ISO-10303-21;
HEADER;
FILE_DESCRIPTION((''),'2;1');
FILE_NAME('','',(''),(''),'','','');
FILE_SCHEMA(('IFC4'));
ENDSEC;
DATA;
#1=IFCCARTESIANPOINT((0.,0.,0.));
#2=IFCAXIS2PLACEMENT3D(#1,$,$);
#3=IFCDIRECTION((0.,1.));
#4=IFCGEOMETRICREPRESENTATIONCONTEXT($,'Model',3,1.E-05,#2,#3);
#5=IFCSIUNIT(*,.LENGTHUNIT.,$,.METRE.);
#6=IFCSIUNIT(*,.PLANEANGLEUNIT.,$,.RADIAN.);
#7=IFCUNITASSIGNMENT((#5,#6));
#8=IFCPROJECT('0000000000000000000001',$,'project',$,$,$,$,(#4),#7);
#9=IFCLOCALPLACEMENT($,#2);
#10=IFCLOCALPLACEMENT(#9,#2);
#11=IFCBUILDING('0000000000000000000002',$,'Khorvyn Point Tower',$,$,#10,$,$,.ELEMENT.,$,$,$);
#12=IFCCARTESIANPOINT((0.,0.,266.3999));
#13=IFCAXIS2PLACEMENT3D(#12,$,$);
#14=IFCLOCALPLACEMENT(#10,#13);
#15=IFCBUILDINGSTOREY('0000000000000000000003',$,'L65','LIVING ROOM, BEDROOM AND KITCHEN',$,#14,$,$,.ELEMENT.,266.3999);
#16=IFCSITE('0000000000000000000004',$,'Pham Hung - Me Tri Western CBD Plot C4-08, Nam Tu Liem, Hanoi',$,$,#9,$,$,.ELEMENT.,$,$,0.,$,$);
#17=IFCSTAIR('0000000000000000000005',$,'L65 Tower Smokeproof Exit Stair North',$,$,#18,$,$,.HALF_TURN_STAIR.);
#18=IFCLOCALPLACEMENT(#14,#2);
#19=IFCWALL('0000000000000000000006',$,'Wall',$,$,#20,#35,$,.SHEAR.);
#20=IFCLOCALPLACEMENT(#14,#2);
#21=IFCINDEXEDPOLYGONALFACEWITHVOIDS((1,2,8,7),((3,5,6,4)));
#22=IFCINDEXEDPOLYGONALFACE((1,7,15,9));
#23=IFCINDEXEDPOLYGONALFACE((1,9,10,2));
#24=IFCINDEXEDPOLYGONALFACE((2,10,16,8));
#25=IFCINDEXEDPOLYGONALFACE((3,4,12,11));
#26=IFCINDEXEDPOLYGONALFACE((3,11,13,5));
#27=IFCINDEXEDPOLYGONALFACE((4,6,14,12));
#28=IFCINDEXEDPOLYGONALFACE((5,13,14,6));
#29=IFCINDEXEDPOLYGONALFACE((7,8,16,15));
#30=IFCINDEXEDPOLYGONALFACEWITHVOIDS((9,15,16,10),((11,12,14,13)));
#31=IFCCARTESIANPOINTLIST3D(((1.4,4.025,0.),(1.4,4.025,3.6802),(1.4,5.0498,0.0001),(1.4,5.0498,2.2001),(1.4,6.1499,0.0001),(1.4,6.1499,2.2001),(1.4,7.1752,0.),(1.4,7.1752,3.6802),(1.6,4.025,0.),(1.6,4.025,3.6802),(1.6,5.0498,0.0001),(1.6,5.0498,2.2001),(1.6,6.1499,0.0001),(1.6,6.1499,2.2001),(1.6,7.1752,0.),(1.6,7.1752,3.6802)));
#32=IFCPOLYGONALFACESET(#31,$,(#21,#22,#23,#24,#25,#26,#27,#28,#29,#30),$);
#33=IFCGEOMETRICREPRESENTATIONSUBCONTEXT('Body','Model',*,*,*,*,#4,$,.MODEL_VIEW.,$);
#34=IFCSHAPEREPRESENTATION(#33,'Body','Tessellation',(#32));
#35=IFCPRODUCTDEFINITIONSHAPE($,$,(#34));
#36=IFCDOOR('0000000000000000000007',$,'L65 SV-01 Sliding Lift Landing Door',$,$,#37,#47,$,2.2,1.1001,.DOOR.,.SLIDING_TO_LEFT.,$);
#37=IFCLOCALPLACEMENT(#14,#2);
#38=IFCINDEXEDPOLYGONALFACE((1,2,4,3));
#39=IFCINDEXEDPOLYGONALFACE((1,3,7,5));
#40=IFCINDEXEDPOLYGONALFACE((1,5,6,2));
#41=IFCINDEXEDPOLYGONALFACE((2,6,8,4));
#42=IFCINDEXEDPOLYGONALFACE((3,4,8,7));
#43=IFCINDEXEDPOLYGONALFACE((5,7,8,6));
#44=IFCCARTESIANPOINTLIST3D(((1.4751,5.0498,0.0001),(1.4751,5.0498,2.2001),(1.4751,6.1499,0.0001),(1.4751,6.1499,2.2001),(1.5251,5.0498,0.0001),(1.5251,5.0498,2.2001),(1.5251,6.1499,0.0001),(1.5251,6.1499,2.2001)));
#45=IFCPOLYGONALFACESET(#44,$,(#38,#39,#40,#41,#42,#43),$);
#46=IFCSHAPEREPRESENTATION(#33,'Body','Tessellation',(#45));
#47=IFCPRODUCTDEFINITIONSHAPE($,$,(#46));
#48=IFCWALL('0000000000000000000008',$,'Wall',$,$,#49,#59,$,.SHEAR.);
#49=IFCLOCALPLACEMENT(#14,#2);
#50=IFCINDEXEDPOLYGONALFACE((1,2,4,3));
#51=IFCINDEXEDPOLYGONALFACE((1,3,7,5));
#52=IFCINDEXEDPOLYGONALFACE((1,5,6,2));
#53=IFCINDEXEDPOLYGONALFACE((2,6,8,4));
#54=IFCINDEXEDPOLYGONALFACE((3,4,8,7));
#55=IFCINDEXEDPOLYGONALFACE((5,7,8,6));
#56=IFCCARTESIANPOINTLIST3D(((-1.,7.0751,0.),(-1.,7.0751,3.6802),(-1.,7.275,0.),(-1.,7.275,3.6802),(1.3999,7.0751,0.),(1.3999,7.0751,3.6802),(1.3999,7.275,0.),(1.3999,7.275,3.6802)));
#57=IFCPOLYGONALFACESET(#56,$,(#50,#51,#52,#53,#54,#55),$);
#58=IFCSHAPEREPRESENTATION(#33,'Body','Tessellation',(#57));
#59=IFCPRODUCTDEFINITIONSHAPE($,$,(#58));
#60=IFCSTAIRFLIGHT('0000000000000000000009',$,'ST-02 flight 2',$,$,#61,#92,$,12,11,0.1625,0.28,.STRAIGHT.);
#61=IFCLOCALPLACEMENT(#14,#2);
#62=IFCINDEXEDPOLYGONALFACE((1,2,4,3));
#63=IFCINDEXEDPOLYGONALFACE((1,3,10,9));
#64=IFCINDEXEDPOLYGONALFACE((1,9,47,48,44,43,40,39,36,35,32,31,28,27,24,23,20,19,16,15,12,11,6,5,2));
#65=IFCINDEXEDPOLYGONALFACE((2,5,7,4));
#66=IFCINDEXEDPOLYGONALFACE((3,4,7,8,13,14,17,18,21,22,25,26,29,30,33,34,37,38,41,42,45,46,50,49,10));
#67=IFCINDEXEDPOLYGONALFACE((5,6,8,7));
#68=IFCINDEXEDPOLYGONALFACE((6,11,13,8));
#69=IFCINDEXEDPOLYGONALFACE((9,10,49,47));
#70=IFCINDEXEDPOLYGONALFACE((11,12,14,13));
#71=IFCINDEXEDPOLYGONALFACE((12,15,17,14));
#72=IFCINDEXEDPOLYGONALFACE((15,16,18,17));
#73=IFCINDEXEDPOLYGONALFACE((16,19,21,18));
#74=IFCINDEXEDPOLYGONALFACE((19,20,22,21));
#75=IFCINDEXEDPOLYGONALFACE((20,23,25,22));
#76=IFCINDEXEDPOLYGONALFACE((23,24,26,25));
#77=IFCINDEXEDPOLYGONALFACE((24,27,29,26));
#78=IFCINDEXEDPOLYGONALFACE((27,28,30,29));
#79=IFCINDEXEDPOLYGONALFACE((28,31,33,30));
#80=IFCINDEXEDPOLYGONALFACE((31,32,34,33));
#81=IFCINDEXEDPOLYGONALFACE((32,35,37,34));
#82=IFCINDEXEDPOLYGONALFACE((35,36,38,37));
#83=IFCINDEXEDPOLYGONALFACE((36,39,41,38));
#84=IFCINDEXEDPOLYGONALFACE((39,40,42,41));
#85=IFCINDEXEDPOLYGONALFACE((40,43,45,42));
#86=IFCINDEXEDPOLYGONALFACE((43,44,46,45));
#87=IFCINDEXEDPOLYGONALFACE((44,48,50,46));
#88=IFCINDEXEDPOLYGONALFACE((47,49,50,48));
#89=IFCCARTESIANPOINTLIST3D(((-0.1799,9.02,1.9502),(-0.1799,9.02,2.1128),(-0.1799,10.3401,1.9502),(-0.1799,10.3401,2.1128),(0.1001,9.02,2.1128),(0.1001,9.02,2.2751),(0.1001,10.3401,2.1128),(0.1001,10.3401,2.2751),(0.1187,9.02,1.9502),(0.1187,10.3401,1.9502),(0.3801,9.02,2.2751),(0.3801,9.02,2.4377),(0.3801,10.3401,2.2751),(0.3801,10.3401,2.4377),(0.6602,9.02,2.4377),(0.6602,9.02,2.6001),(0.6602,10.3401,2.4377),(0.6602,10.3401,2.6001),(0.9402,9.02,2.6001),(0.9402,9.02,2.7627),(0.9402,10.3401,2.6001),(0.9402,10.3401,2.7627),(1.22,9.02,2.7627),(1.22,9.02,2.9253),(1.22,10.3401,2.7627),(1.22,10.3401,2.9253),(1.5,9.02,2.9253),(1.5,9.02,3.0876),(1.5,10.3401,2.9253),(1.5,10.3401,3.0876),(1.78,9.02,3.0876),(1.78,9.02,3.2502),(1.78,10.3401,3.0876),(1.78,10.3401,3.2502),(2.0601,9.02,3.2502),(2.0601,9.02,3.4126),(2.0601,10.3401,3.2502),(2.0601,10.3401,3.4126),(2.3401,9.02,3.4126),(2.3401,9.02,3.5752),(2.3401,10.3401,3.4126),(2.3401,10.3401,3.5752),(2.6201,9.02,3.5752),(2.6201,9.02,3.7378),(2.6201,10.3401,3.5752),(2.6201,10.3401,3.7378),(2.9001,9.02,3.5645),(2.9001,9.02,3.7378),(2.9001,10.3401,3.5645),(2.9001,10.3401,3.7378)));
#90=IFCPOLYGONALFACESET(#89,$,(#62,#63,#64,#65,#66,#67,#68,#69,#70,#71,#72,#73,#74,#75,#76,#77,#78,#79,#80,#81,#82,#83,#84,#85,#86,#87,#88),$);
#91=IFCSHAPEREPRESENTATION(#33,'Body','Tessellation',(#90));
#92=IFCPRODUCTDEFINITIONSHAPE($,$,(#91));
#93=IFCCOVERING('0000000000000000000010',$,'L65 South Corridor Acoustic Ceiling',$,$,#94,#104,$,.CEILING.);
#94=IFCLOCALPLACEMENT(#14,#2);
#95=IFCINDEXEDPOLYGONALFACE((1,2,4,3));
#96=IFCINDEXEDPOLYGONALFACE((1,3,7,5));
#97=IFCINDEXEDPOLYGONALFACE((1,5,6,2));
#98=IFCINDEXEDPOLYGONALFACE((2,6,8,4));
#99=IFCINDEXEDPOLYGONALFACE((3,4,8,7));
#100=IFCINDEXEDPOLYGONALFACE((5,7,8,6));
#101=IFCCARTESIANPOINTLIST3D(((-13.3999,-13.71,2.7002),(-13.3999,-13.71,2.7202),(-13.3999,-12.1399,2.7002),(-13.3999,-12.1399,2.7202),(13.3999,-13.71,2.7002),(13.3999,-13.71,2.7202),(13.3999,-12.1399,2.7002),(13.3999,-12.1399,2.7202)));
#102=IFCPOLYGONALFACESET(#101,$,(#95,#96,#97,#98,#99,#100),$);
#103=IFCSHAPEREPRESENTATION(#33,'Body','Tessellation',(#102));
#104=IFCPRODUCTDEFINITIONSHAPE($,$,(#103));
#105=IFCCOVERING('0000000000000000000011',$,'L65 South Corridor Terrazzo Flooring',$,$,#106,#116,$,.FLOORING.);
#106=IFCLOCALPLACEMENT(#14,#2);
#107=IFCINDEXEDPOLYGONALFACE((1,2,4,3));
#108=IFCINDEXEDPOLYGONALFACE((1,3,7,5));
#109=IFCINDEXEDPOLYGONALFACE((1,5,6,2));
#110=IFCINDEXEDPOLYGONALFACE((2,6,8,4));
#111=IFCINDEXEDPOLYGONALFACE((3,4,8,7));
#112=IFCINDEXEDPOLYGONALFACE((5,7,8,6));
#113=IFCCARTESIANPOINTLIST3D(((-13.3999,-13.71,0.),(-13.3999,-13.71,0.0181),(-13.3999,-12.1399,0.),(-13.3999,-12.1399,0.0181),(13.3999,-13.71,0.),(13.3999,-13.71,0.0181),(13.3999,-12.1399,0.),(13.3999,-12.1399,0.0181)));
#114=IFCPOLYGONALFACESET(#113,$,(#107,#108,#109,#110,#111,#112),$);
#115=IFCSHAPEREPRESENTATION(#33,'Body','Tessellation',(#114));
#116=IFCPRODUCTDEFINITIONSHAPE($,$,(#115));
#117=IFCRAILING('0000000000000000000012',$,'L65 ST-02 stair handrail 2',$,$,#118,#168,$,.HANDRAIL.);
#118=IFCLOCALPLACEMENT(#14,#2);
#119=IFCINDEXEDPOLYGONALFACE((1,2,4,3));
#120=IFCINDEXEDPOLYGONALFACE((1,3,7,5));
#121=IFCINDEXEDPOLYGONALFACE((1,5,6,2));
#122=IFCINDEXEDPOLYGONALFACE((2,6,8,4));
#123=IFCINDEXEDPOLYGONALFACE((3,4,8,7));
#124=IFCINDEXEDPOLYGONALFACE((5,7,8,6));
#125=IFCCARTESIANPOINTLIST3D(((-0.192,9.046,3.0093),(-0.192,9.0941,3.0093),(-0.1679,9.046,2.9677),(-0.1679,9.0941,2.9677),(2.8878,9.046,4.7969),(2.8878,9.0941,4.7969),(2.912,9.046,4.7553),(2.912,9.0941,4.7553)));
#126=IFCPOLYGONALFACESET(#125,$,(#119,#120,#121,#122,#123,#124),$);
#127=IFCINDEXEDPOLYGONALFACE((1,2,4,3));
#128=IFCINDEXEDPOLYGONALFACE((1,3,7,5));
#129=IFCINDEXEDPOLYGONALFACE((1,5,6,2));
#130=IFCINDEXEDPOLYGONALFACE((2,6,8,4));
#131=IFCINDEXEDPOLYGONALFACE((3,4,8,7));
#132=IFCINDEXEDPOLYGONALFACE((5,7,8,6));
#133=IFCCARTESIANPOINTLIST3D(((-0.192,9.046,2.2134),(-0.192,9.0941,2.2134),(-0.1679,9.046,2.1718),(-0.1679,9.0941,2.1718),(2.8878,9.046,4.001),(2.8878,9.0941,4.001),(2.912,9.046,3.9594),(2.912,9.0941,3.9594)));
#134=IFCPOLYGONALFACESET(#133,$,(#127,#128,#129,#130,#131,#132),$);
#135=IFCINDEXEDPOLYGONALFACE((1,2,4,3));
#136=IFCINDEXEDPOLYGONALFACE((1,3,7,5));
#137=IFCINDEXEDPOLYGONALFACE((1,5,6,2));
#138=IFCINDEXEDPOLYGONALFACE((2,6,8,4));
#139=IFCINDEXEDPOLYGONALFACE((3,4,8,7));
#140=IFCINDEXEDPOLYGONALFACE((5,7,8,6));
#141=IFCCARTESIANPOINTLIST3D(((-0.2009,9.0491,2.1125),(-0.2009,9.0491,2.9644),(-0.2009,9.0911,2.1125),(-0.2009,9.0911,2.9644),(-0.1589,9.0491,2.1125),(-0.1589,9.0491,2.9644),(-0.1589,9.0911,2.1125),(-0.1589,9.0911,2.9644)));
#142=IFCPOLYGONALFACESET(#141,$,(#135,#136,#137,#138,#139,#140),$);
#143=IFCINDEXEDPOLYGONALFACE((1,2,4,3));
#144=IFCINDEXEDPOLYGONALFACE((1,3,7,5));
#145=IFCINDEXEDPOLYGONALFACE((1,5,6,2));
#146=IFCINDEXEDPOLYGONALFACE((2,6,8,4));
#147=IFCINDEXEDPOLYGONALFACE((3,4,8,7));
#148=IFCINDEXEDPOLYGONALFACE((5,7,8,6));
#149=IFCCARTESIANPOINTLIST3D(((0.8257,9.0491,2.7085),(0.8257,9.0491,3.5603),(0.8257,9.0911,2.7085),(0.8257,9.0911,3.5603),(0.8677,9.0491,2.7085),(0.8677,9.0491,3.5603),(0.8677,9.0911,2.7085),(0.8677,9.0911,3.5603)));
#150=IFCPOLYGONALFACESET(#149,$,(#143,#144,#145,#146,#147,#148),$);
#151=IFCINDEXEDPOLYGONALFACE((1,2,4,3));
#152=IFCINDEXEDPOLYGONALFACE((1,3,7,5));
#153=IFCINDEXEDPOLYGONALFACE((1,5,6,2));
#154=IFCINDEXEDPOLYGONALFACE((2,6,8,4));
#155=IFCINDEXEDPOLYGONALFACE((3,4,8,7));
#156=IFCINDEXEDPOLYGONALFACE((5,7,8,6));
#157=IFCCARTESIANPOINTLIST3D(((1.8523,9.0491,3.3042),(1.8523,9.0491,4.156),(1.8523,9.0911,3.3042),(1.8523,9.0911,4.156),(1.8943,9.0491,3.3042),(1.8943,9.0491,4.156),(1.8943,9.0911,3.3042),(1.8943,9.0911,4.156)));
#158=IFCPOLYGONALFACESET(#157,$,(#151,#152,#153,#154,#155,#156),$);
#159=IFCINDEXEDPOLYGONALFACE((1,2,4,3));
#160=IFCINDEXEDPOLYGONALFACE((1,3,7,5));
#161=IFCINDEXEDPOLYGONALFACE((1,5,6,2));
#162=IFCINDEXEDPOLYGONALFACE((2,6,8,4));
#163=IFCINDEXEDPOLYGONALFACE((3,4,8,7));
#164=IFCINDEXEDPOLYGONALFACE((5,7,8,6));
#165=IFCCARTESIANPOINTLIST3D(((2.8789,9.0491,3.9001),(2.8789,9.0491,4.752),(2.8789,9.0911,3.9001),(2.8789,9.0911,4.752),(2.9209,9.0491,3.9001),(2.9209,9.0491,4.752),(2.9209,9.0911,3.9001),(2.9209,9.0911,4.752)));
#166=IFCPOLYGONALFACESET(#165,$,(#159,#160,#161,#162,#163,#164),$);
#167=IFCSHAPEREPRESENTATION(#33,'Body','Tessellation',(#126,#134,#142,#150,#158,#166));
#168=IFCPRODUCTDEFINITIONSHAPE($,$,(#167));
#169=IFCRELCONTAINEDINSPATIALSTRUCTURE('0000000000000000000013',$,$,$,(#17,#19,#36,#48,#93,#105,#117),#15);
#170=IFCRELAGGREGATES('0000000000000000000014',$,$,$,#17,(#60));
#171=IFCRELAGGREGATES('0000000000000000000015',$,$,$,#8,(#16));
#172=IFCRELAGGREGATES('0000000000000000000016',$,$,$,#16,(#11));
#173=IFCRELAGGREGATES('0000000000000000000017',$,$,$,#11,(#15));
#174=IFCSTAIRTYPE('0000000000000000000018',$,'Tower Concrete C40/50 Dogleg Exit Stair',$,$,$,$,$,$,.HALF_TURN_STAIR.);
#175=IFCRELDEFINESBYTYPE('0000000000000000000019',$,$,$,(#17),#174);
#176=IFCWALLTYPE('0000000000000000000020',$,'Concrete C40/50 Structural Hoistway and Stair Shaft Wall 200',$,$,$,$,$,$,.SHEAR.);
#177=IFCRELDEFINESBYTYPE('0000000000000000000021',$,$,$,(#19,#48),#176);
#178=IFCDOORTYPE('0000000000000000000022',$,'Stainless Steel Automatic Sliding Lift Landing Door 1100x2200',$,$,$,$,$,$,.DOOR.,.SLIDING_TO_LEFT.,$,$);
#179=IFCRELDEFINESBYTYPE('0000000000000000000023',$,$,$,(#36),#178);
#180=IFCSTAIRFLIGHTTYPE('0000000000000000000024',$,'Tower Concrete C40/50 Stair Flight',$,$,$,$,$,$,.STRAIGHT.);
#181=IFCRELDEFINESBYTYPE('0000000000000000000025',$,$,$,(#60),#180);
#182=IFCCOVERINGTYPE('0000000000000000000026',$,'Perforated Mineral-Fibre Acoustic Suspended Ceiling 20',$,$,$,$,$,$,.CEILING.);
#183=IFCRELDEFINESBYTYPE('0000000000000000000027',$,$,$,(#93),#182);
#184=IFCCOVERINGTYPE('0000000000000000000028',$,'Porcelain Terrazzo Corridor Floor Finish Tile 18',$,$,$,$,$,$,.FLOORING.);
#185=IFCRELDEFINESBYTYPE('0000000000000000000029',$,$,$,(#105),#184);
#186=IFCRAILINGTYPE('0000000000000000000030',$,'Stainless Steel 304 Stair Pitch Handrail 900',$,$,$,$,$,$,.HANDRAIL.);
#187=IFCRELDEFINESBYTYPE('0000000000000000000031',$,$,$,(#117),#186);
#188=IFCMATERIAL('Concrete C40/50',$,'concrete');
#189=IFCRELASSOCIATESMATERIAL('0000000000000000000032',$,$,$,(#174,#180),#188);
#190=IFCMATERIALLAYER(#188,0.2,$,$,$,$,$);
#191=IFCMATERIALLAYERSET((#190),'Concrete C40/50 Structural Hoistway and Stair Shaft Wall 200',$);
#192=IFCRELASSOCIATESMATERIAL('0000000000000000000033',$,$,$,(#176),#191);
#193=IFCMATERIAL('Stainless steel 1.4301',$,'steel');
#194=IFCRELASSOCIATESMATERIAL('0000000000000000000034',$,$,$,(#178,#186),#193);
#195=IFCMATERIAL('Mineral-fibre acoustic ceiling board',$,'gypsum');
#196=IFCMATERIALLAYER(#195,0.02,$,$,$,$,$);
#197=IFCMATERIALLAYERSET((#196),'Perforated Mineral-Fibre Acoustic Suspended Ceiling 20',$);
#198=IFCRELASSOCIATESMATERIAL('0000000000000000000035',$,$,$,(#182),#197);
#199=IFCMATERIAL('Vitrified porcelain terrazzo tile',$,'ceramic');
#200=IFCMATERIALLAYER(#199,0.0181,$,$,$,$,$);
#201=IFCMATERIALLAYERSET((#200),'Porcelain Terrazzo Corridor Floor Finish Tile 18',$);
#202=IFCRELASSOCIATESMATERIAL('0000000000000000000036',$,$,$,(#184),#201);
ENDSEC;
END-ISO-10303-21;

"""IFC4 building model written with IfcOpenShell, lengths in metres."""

from ifc_helpers import new_model, si_unit, direction, frame, frame_2d, origin, origin_2d, place, context, subcontext, project, spatial, polyline, rectangle, outline, extrude, material, layer, layer_set, type_object, element, fill, aggregate, save


model = new_model("IFC4")

# Units and contexts
model_context = context("Model", 3, precision=1e-05, world=origin(), true_north=direction((0.0, 1.0)))
body_context = subcontext(model_context, "Body", "Model", "MODEL_VIEW")
ifc_project = project(units=[si_unit("LENGTHUNIT", "METRE"), si_unit("PLANEANGLEUNIT", "RADIAN")], contexts=[model_context])

# Site, building, storey
site_placement = place(None, origin())
site = spatial("IfcSite", under=ifc_project, at=site_placement, Name="Pham Hung - Me Tri Western CBD Plot C4-08, Nam Tu Liem, Hanoi", CompositionType="ELEMENT", RefElevation=0.0)
building_placement = place(site_placement, origin())
building = spatial("IfcBuilding", under=site, at=building_placement, Name="Khorvyn Point Tower", CompositionType="ELEMENT")
storey_placement = place(building_placement, frame((0.0, 0.0, 266.3999)))
storey = spatial("IfcBuildingStorey", under=building, at=storey_placement, Name="L65", Description="LIVING ROOM, BEDROOM AND KITCHEN", CompositionType="ELEMENT", Elevation=266.3999)

# Shared definitions
ifc_material_1 = material(Name="Concrete C40/50", Category="concrete")

# Stair
stair_type = type_object("IfcStairType", Name="Tower Concrete C40/50 Dogleg Exit Stair", PredefinedType="HALF_TURN_STAIR", material=ifc_material_1)
stair_1_placement = place(storey_placement, origin())
stair_1 = element("IfcStair", 1, at=stair_1_placement, inside=storey, type_object=stair_type, Name="L65 Tower Smokeproof Exit Stair North", PredefinedType="HALF_TURN_STAIR")

# Shared definitions
ifc_layer_1 = layer(ifc_material_1, 0.2)
ifc_layer_set_1 = layer_set([ifc_layer_1], Name="Concrete C40/50 Structural Hoistway and Stair Shaft Wall 200")
wall_type_1 = type_object("IfcWallType", Name="Concrete C40/50 Structural Hoistway and Stair Shaft Wall 200", PredefinedType="SHEAR", material=ifc_layer_set_1)

# Shared definitions
ifc_material_2 = material(Name="Stainless steel 1.4301", Category="steel")
door_type = type_object("IfcDoorType", Name="Stainless Steel Automatic Sliding Lift Landing Door 1100x2200", OperationType="SLIDING_TO_LEFT", PredefinedType="DOOR", material=ifc_material_2)

# Wall, opening, door
wall_1_placement = place(storey_placement, frame((1.5, 4.0249, 0.0), z_axis=(0.0, 0.0, 1.0), x_axis=(0.0, 1.0, 0.0)))
wall_1 = element("IfcWall", 2, at=wall_1_placement, inside=storey, type_object=wall_type_1, Name="Wall", PredefinedType="SHEAR", context=body_context, shape_type="SweptSolid", body=[
    extrude(rectangle(XDim=3.1501, YDim=0.2, at=frame_2d((1.5752, 0.0))), origin(), (0.0, 0.0, 1.0), 3.6802),
])
opening_1_placement = place(wall_1_placement, frame((1.0249, 0.0, 0.0)))
opening_1 = element("IfcOpeningElement", 3, at=opening_1_placement, cuts=wall_1, PredefinedType="OPENING", context=body_context, shape_type="SweptSolid", body=[
    extrude(rectangle(XDim=1.1001, YDim=2.2, at=frame_2d((0.55, 1.1001))), frame((0.0, 0.1099, 0.0), z_axis=(0.0, -1.0, 0.0), x_axis=(1.0, 0.0, 0.0)), (0.0, 0.0, 1.0), 0.22),
])
door_1_placement = place(opening_1_placement, origin())
door_1 = element("IfcDoor", 4, at=door_1_placement, inside=storey, type_object=door_type, Name="L65 SV-01 Sliding Lift Landing Door", OperationType="SLIDING_TO_LEFT", OverallHeight=2.2, OverallWidth=1.1001, PredefinedType="DOOR", context=body_context, shape_type="SweptSolid", body=[
    extrude(rectangle(XDim=1.1001, YDim=2.2, at=frame_2d((0.55, 1.1001))), frame((0.0, 0.0249, 0.0), z_axis=(0.0, -1.0, 0.0), x_axis=(1.0, 0.0, 0.0)), (0.0, 0.0, 1.0), 0.05),
])
fill(opening_1, door_1)

# Wall
wall_2_placement = place(storey_placement, frame((-1.0, 7.175, 0.0), z_axis=(0.0, 0.0, 1.0), x_axis=(1.0, 0.0, 0.0)))
element("IfcWall", 5, at=wall_2_placement, inside=storey, type_object=wall_type_1, Name="Wall", PredefinedType="SHEAR", context=body_context, shape_type="SweptSolid", body=[
    extrude(rectangle(XDim=2.3999, YDim=0.2, at=frame_2d((1.2, 0.0))), origin(), (0.0, 0.0, 1.0), 3.6802),
])

# Stair flight
stair_flight_type = type_object("IfcStairFlightType", Name="Tower Concrete C40/50 Stair Flight", PredefinedType="STRAIGHT", material=ifc_material_1)
stair_flight_placement = place(storey_placement, frame((-0.1799, 9.6799, 1.9502), z_axis=(0.0, 0.0, 1.0), x_axis=(1.0, 0.0, 0.0)))
stair_flight = element("IfcStairFlight", 6, at=stair_flight_placement, type_object=stair_flight_type, Name="ST-02 flight 2", NumberOfRisers=12, NumberOfTreads=11, PredefinedType="STRAIGHT", RiserHeight=0.1625, TreadLength=0.28, context=body_context, shape_type="SweptSolid", body=[
    extrude(outline(polyline([(0.0, 0.0), (0.0, 0.1626), (0.28, 0.1626), (0.28, 0.325), (0.5601, 0.325), (0.5601, 0.4875), (0.8401, 0.4875), (0.8401, 0.6499), (1.1201, 0.6499), (1.1201, 0.8125), (1.3999, 0.8125), (1.3999, 0.9751), (1.6799, 0.9751), (1.6799, 1.1375), (1.96, 1.1375), (1.96, 1.3), (2.24, 1.3), (2.24, 1.4624), (2.52, 1.4624), (2.52, 1.625), (2.8, 1.625), (2.8, 1.7876), (3.0801, 1.7876), (3.0801, 1.95), (3.0801, 1.6143), (0.2986, 0.0), (0.0, 0.0)])), frame((0.0, 0.6602, 0.0), z_axis=(0.0, -1.0, 0.0), x_axis=(1.0, 0.0, 0.0)), (0.0, 0.0, 1.0), 1.3201),
])
aggregate(stair_1, [stair_flight])

# Coverings
ifc_material_3 = material(Name="Mineral-fibre acoustic ceiling board", Category="gypsum")
ifc_layer_2 = layer(ifc_material_3, 0.02)
ifc_layer_set_2 = layer_set([ifc_layer_2], Name="Perforated Mineral-Fibre Acoustic Suspended Ceiling 20")
covering_type_1 = type_object("IfcCoveringType", Name="Perforated Mineral-Fibre Acoustic Suspended Ceiling 20", PredefinedType="CEILING", material=ifc_layer_set_2)
covering_1_placement = place(storey_placement, frame((0.0, 0.0, 2.7002)))
element("IfcCovering", 7, at=covering_1_placement, inside=storey, type_object=covering_type_1, Name="L65 South Corridor Acoustic Ceiling", PredefinedType="CEILING", context=body_context, shape_type="SweptSolid", body=[
    extrude(outline(polyline([(-13.3999, -13.71), (13.3999, -13.71), (13.3999, -12.1399), (-13.3999, -12.1399), (-13.3999, -13.71)])), origin(), (0.0, 0.0, 1.0), 0.02),
])
ifc_material_4 = material(Name="Vitrified porcelain terrazzo tile", Category="ceramic")
ifc_layer_3 = layer(ifc_material_4, 0.0181)
ifc_layer_set_3 = layer_set([ifc_layer_3], Name="Porcelain Terrazzo Corridor Floor Finish Tile 18")
covering_type_2 = type_object("IfcCoveringType", Name="Porcelain Terrazzo Corridor Floor Finish Tile 18", PredefinedType="FLOORING", material=ifc_layer_set_3)
covering_2_placement = place(storey_placement, origin())
element("IfcCovering", 8, at=covering_2_placement, inside=storey, type_object=covering_type_2, Name="L65 South Corridor Terrazzo Flooring", PredefinedType="FLOORING", context=body_context, shape_type="SweptSolid", body=[
    extrude(outline(polyline([(-13.3999, -13.71), (13.3999, -13.71), (13.3999, -12.1399), (-13.3999, -12.1399), (-13.3999, -13.71)])), origin(), (0.0, 0.0, 1.0), 0.0181),
])

# Railing
railing_type = type_object("IfcRailingType", Name="Stainless Steel 304 Stair Pitch Handrail 900", PredefinedType="HANDRAIL", material=ifc_material_2)
railing_placement = place(storey_placement, frame((-0.1799, 9.0701, 2.1125)))
element("IfcRailing", 9, at=railing_placement, inside=storey, type_object=railing_type, Name="L65 ST-02 stair handrail 2", PredefinedType="HANDRAIL", context=body_context, shape_type="SweptSolid", body=[
    extrude(rectangle(XDim=0.0481, YDim=0.0481, at=origin_2d()), frame((0.0, 0.0, 0.876), z_axis=(0.864873, 0.0, 0.50199), x_axis=(0.0, 1.0, 0.0)), (0.0, 0.0, 1.0), 3.561),
    extrude(rectangle(XDim=0.0481, YDim=0.0481, at=origin_2d()), frame((0.0, 0.0, 0.0801), z_axis=(0.864873, 0.0, 0.50199), x_axis=(0.0, 1.0, 0.0)), (0.0, 0.0, 1.0), 3.561),
    extrude(rectangle(XDim=0.042, YDim=0.042, at=origin_2d()), origin(), (0.0, 0.0, 1.0), 0.8518),
    extrude(rectangle(XDim=0.042, YDim=0.042, at=origin_2d()), frame((1.0266, 0.0, 0.5959)), (0.0, 0.0, 1.0), 0.8518),
    extrude(rectangle(XDim=0.042, YDim=0.042, at=origin_2d()), frame((2.0532, 0.0, 1.1917)), (0.0, 0.0, 1.0), 0.8518),
    extrude(rectangle(XDim=0.042, YDim=0.042, at=origin_2d()), frame((3.0798, 0.0, 1.7876)), (0.0, 0.0, 1.0), 0.8518),
])

save(model, "model.ifc")
